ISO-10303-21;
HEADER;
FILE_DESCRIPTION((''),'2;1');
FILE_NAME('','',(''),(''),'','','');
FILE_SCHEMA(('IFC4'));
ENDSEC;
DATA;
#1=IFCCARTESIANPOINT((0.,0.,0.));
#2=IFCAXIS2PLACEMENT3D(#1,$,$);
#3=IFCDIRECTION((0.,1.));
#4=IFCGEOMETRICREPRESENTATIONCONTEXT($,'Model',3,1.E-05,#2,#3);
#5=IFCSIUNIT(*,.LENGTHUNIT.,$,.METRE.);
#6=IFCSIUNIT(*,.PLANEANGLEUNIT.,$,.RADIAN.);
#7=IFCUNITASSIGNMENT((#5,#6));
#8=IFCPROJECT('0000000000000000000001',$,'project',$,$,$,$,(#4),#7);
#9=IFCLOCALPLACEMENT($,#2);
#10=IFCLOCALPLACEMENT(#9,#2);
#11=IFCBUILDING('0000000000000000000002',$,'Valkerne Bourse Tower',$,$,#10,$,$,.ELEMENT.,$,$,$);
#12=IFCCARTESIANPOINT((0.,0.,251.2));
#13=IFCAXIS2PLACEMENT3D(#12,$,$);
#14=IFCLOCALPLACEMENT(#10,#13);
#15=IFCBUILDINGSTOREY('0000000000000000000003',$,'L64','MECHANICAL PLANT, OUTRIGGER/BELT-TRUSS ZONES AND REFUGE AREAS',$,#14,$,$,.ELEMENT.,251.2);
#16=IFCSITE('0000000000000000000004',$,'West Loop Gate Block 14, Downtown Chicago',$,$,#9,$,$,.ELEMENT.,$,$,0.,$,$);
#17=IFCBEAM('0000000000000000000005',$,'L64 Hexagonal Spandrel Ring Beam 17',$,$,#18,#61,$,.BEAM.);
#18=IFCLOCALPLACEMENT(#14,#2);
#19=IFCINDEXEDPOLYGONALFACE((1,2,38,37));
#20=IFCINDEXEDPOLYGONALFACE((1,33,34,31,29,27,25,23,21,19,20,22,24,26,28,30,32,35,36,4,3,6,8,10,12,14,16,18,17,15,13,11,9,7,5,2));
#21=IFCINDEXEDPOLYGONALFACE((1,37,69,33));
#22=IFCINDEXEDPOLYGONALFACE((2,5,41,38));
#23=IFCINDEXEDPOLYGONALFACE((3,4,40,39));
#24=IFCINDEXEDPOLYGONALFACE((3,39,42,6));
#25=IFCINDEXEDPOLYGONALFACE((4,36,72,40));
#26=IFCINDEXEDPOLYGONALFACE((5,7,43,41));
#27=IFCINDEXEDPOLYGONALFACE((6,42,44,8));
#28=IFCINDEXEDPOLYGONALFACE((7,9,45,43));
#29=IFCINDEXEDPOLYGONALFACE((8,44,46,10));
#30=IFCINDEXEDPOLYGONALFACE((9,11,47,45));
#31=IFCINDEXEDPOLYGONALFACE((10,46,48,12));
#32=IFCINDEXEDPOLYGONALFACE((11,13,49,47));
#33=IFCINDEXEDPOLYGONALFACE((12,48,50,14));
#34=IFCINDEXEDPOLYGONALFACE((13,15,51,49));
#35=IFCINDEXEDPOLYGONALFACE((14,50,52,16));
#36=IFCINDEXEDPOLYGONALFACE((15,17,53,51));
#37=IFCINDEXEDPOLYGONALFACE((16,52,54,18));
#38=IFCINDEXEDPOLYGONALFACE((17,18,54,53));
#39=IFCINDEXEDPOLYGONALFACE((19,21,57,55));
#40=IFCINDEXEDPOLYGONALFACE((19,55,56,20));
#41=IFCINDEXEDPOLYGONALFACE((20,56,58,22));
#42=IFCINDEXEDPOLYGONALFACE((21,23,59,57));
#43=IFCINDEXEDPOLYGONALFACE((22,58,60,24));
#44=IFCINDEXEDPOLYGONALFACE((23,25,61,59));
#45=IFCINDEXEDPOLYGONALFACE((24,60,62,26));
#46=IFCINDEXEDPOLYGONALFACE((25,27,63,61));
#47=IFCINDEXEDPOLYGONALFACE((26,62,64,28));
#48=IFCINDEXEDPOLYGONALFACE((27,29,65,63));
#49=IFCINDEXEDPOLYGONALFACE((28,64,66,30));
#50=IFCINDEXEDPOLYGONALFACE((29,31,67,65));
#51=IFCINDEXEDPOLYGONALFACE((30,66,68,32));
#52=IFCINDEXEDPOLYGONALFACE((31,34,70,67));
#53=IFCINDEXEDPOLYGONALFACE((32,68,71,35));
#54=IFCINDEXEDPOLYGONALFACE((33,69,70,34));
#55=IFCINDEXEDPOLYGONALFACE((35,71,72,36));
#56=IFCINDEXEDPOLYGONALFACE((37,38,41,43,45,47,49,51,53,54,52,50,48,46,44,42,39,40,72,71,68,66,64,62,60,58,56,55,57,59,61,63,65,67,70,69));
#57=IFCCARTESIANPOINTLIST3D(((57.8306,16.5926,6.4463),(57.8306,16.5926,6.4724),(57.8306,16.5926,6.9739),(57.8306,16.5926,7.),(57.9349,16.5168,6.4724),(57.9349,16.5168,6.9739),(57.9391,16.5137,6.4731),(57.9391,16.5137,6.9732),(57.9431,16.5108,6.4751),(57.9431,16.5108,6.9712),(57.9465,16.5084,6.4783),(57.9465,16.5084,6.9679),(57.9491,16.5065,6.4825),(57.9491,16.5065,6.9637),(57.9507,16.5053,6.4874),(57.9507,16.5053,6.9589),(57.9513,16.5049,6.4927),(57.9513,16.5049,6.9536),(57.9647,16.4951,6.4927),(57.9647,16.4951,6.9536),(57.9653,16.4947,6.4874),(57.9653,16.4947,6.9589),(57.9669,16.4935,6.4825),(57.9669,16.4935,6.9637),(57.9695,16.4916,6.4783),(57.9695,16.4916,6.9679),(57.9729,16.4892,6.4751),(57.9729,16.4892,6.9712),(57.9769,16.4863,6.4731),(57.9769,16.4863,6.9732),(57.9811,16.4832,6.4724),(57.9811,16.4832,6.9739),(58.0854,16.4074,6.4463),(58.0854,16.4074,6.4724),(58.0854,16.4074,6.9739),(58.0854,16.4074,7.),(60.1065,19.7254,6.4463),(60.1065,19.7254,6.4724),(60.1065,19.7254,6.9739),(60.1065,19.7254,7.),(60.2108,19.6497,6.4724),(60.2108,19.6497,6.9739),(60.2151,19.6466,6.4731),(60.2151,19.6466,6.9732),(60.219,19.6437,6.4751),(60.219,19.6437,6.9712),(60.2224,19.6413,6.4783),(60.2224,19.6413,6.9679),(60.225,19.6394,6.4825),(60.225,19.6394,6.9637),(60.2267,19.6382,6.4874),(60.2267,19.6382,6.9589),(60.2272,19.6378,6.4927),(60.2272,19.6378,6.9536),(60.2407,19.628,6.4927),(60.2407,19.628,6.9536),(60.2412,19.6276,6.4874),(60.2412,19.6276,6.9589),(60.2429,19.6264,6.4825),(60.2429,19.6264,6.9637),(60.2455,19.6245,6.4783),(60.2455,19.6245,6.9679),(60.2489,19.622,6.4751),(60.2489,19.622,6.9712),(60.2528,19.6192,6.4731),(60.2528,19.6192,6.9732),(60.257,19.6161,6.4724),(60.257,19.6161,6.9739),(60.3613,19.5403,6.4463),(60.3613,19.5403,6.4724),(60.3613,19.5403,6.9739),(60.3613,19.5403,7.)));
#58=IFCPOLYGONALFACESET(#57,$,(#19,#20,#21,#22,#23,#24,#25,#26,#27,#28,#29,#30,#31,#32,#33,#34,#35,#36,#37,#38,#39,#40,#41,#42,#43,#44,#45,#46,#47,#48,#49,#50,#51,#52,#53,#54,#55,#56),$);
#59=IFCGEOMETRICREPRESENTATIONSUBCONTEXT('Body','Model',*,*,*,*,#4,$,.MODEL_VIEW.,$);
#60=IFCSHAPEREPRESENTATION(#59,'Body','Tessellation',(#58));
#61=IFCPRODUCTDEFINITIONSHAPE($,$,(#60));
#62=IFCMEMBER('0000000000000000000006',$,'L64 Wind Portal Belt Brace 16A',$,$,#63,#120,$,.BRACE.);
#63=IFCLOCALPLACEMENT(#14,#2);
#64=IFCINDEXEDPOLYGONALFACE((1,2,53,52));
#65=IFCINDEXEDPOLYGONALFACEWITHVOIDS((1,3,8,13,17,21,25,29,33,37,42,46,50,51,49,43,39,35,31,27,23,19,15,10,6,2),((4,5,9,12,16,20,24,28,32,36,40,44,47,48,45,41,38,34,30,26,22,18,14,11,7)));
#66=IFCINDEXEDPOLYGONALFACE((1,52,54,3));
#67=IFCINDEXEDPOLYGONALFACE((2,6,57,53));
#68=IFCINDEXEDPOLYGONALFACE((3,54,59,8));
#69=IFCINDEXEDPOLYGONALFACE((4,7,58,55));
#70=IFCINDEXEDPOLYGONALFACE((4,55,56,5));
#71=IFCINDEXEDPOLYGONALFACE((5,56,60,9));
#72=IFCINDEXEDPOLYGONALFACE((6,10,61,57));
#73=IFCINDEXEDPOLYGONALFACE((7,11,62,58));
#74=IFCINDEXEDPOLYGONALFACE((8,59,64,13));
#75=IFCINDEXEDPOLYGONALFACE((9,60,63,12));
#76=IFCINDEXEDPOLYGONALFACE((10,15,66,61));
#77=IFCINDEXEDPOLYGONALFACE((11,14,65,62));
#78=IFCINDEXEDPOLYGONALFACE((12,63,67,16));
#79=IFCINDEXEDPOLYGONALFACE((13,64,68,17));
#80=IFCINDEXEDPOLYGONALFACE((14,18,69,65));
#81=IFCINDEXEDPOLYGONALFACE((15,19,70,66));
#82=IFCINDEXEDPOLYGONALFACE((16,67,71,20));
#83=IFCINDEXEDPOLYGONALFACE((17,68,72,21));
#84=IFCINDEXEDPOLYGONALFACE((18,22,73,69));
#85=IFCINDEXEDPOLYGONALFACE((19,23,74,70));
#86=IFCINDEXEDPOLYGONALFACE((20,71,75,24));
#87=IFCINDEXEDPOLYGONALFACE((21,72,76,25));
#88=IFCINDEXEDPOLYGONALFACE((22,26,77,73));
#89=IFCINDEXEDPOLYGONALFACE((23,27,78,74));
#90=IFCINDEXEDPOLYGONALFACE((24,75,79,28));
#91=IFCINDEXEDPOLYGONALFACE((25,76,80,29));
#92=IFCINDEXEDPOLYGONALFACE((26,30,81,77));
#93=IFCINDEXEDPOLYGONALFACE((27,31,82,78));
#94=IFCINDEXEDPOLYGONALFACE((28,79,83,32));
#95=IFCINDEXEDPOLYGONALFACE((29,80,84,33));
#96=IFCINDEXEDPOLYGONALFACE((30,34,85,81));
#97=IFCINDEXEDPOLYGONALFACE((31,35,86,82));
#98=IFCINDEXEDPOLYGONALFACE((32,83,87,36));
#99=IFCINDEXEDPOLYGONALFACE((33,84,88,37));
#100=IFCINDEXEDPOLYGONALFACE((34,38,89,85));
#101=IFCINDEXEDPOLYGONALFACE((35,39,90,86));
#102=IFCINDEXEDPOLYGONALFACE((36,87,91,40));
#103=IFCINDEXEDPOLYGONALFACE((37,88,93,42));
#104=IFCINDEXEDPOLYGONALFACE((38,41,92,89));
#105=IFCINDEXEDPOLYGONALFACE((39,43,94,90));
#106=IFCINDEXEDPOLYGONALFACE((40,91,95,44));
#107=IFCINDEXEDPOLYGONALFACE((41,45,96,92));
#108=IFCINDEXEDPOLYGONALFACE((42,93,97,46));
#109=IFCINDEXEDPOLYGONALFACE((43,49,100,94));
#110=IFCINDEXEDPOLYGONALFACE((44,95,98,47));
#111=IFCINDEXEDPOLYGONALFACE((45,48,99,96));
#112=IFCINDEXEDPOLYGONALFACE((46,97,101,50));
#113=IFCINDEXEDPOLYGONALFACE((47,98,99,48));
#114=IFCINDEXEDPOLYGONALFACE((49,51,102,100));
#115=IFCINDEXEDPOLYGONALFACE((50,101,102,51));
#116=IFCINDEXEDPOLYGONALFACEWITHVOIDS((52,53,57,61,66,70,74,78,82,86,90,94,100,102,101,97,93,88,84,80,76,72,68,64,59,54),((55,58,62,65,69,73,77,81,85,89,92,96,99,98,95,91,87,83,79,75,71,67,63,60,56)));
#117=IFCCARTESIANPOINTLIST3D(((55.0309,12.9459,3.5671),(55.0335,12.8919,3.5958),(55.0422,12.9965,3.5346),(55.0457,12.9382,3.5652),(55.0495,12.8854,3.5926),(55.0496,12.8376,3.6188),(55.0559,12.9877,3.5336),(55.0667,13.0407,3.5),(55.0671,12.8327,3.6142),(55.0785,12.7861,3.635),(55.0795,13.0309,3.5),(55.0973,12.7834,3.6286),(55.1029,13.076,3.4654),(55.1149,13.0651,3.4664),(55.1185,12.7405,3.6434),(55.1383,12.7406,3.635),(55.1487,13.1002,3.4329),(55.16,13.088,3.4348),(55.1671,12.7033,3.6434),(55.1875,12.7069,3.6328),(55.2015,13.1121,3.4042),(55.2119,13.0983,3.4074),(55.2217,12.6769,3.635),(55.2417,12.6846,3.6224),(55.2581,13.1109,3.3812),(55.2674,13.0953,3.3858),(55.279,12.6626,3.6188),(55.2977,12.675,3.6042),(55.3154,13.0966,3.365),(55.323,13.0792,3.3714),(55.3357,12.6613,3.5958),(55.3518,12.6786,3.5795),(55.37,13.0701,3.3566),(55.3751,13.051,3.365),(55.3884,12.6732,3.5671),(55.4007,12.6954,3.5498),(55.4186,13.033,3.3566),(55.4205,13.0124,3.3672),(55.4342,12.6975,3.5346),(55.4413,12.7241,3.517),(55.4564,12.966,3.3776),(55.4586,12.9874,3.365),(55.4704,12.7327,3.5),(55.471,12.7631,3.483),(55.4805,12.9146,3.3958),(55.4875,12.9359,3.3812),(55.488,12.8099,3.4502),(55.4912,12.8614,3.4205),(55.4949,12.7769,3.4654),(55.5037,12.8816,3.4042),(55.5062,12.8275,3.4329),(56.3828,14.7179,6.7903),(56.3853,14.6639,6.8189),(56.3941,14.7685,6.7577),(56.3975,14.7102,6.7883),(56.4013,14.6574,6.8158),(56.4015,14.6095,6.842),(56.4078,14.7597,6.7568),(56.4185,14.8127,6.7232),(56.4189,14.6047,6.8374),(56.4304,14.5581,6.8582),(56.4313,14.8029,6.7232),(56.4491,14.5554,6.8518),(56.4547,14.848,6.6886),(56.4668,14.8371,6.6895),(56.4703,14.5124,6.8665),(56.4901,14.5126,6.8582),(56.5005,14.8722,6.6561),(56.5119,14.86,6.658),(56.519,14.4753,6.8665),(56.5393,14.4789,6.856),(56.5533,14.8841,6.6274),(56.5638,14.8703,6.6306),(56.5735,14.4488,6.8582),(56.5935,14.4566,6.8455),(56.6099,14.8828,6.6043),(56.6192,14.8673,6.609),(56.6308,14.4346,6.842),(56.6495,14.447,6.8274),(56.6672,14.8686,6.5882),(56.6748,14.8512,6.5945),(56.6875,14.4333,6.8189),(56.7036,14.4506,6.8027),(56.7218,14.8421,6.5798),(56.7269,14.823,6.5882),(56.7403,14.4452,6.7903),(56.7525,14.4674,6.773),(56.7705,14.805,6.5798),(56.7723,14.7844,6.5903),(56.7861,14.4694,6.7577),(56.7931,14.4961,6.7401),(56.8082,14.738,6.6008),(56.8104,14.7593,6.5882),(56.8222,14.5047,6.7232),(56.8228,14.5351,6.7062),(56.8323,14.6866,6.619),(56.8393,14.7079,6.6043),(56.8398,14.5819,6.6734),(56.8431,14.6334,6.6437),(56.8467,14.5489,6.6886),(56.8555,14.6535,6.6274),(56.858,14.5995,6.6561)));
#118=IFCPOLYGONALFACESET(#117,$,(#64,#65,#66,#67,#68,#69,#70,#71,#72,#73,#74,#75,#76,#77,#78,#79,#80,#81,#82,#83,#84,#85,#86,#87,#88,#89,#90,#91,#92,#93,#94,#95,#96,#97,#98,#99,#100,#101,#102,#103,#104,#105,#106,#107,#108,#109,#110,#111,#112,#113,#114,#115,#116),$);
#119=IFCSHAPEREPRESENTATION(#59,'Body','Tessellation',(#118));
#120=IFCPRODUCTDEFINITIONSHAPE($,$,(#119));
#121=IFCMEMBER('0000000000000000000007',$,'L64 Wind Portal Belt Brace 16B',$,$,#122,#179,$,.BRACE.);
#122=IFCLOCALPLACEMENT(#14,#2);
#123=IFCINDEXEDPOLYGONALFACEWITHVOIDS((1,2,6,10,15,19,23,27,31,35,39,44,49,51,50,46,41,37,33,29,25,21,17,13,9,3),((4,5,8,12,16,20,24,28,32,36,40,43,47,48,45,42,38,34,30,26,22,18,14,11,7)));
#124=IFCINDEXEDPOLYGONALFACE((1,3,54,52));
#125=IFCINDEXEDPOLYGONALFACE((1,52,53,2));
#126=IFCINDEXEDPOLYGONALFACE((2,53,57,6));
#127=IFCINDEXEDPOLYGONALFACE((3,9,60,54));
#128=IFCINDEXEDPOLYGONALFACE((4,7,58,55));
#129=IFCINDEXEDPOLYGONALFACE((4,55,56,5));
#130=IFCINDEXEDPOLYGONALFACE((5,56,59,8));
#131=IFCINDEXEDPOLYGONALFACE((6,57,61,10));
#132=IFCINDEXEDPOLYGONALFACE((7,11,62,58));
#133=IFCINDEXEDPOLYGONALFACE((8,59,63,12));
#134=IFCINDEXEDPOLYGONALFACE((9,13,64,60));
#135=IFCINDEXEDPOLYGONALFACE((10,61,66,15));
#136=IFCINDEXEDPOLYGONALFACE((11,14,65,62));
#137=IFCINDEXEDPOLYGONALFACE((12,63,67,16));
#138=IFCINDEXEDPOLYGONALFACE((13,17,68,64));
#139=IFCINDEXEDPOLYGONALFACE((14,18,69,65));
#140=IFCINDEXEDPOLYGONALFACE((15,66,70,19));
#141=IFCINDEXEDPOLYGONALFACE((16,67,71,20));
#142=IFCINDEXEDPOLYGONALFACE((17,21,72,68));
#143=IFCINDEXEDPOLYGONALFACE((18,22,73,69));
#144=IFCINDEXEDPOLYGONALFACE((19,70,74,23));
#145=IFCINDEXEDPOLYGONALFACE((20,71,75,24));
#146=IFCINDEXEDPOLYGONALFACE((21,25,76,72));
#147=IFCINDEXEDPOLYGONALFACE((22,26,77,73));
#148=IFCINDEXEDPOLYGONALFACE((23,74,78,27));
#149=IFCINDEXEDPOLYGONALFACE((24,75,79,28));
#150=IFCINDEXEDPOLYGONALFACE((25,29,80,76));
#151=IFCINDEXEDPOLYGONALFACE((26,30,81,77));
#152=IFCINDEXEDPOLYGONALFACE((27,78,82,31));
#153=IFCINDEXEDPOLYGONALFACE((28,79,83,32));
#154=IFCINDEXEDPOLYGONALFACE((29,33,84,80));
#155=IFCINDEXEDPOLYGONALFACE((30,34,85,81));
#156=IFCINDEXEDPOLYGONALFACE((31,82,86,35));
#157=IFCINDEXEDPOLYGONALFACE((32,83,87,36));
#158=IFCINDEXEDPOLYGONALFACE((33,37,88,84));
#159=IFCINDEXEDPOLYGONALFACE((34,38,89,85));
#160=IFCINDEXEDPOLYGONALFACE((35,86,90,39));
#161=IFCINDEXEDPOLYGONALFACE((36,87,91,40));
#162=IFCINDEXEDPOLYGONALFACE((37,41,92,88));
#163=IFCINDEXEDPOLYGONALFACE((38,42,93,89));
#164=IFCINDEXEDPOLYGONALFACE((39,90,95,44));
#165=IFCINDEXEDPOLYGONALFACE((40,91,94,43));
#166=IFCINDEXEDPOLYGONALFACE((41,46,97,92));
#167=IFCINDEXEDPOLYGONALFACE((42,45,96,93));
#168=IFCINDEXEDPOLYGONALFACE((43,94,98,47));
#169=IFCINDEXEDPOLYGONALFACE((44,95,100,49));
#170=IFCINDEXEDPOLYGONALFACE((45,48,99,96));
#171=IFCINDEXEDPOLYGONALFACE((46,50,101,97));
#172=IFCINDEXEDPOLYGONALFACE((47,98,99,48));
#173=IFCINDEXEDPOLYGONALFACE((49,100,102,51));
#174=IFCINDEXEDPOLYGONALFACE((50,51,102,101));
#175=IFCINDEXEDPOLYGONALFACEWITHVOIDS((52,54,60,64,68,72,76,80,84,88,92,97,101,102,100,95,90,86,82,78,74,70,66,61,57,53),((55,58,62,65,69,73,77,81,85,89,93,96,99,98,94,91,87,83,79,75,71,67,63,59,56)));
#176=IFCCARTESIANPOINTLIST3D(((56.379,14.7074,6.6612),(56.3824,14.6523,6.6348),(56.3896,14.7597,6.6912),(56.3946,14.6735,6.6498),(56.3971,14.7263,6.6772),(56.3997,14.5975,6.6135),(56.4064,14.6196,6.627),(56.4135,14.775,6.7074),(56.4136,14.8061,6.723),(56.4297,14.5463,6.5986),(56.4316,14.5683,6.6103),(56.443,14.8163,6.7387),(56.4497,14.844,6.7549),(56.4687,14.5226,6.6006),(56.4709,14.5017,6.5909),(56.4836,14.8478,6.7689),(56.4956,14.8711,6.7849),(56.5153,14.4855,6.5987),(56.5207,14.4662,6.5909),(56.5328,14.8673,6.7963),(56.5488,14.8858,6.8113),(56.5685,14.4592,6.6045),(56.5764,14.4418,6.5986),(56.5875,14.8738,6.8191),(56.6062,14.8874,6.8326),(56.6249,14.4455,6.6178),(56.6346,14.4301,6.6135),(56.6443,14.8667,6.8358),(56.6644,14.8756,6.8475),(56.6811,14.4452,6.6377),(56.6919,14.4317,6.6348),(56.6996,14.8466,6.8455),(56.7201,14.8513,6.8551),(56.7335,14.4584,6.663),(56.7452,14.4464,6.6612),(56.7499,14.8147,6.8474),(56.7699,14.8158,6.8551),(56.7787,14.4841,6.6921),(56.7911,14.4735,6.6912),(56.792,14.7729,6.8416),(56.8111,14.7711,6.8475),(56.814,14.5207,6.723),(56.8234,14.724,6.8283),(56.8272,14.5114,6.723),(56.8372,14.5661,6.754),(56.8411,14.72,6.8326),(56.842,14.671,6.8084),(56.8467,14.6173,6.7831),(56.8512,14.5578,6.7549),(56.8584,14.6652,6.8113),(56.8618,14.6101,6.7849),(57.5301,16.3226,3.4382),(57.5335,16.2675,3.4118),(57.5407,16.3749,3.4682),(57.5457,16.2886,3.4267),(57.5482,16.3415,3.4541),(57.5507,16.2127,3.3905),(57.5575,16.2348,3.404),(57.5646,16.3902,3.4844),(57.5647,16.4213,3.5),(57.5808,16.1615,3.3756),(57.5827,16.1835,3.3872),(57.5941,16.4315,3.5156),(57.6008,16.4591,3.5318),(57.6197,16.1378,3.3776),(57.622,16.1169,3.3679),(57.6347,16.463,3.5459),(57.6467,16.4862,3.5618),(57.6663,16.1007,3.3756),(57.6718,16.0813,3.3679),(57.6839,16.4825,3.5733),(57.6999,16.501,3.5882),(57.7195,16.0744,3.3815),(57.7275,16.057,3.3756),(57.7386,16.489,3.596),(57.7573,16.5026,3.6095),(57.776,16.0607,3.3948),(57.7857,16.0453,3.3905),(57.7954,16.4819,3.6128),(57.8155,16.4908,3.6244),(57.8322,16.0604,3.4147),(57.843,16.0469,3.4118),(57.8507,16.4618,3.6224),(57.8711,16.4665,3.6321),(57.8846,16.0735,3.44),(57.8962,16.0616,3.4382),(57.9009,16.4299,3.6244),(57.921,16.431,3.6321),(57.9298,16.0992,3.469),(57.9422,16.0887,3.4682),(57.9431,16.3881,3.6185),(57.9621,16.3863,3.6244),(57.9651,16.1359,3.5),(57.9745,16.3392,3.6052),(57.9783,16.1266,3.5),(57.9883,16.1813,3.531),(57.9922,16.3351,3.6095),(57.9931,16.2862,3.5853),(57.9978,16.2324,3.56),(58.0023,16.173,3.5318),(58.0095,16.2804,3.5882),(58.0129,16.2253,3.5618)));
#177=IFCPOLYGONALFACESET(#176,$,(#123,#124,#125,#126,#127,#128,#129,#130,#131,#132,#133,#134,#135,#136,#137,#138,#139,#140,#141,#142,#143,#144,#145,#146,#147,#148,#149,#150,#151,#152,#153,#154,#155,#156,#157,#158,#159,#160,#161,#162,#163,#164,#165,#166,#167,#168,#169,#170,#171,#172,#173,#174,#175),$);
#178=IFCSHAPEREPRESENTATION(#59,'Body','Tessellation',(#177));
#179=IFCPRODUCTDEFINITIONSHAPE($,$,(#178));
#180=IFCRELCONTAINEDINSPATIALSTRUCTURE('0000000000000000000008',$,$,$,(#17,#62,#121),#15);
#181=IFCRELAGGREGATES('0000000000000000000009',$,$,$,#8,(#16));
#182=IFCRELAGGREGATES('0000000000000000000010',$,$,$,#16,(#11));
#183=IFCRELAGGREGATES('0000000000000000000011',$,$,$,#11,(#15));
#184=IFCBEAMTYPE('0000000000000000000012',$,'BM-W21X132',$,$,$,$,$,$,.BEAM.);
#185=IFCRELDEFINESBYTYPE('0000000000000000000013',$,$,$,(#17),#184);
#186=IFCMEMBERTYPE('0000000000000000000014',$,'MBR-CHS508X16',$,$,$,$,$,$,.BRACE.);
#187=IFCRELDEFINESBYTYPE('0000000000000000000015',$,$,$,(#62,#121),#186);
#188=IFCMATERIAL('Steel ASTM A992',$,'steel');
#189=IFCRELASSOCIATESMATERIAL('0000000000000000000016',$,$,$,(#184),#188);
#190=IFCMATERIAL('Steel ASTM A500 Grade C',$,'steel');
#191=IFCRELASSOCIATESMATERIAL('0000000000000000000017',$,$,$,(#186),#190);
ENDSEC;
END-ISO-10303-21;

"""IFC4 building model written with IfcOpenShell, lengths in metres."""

from ifc_helpers import new_model, si_unit, direction, frame, origin, origin_2d, place, context, subcontext, project, spatial, hollow_circle, i_section, extrude, material, material_profile, profile_set, type_object, element, save


model = new_model("IFC4")

# Units and contexts
model_context = context("Model", 3, precision=1e-05, world=origin(), true_north=direction((0.0, 1.0)))
body_context = subcontext(model_context, "Body", "Model", "MODEL_VIEW")
ifc_project = project(units=[si_unit("LENGTHUNIT", "METRE"), si_unit("PLANEANGLEUNIT", "RADIAN")], contexts=[model_context])

# Site, building, storey
site_placement = place(None, origin())
site = spatial("IfcSite", under=ifc_project, at=site_placement, Name="West Loop Gate Block 14, Downtown Chicago", CompositionType="ELEMENT", RefElevation=0.0)
building_placement = place(site_placement, origin())
building = spatial("IfcBuilding", under=site, at=building_placement, Name="Valkerne Bourse Tower", CompositionType="ELEMENT")
storey_placement = place(building_placement, frame((0.0, 0.0, 251.2)))
storey = spatial("IfcBuildingStorey", under=building, at=storey_placement, Name="L64", Description="MECHANICAL PLANT, OUTRIGGER/BELT-TRUSS ZONES AND REFUGE AREAS", CompositionType="ELEMENT", Elevation=251.2)

# Beam
ifc_material_1 = material(Name="Steel ASTM A992", Category="steel")
ifc_material_profile_1 = material_profile(ifc_material_1, i_section(OverallWidth=0.3149, OverallDepth=0.5537, WebThickness=0.0166, FlangeThickness=0.0261, FilletRadius=0.0203, at=origin_2d()), Name="W21X132")
ifc_profile_set_1 = profile_set([ifc_material_profile_1], Name="Steel ASTM A992")
beam_type = type_object("IfcBeamType", Name="BM-W21X132", PredefinedType="BEAM", material=ifc_profile_set_1)
beam_1_placement = place(storey_placement, frame((57.958, 16.5, 6.7231), z_axis=(0.587744, 0.809047, 0.0), x_axis=(-0.809047, 0.587744, 0.0)))
element("IfcBeam", 1, at=beam_1_placement, inside=storey, type_object=beam_type, Name="L64 Hexagonal Spandrel Ring Beam 17", PredefinedType="BEAM", context=body_context, shape_type="SweptSolid", body=[
    extrude(i_section(OverallWidth=0.3149, OverallDepth=0.5537, WebThickness=0.0166, FlangeThickness=0.0261, FilletRadius=0.0203, at=origin_2d()), origin(), (0.0, 0.0, 1.0), 3.8723),
])

# Members
ifc_material_2 = material(Name="Steel ASTM A500 Grade C", Category="steel")
ifc_material_profile_2 = material_profile(ifc_material_2, hollow_circle(Radius=0.2539, WallThickness=0.0161, at=origin_2d()), Name="CHS508X16")
ifc_profile_set_2 = profile_set([ifc_material_profile_2], Name="Steel ASTM A500 Grade C")
member_type_1 = type_object("IfcMemberType", Name="MBR-CHS508X16", PredefinedType="BRACE", material=ifc_profile_set_2)
member_1_placement = place(storey_placement, frame((55.2686, 12.8867, 3.5), z_axis=(0.344966, 0.452188, 0.822511), x_axis=(-0.795057, 0.606535, 0.0)))
element("IfcMember", 2, at=member_1_placement, inside=storey, type_object=member_type_1, Name="L64 Wind Portal Belt Brace 16A", PredefinedType="BRACE", context=body_context, shape_type="SweptSolid", body=[
    extrude(hollow_circle(Radius=0.2539, WallThickness=0.0161, at=origin_2d()), origin(), (0.0, 0.0, 1.0), 3.9187),
])
member_2_placement = place(storey_placement, frame((57.7715, 16.2739, 3.5), z_axis=(-0.304165, -0.426798, 0.851661), x_axis=(0.814357, -0.580365, 0.0)))
element("IfcMember", 3, at=member_2_placement, inside=storey, type_object=member_type_1, Name="L64 Wind Portal Belt Brace 16B", PredefinedType="BRACE", context=body_context, shape_type="SweptSolid", body=[
    extrude(hollow_circle(Radius=0.2539, WallThickness=0.0161, at=origin_2d()), origin(), (0.0, 0.0, 1.0), 3.7844),
])

save(model, "model.ifc")
